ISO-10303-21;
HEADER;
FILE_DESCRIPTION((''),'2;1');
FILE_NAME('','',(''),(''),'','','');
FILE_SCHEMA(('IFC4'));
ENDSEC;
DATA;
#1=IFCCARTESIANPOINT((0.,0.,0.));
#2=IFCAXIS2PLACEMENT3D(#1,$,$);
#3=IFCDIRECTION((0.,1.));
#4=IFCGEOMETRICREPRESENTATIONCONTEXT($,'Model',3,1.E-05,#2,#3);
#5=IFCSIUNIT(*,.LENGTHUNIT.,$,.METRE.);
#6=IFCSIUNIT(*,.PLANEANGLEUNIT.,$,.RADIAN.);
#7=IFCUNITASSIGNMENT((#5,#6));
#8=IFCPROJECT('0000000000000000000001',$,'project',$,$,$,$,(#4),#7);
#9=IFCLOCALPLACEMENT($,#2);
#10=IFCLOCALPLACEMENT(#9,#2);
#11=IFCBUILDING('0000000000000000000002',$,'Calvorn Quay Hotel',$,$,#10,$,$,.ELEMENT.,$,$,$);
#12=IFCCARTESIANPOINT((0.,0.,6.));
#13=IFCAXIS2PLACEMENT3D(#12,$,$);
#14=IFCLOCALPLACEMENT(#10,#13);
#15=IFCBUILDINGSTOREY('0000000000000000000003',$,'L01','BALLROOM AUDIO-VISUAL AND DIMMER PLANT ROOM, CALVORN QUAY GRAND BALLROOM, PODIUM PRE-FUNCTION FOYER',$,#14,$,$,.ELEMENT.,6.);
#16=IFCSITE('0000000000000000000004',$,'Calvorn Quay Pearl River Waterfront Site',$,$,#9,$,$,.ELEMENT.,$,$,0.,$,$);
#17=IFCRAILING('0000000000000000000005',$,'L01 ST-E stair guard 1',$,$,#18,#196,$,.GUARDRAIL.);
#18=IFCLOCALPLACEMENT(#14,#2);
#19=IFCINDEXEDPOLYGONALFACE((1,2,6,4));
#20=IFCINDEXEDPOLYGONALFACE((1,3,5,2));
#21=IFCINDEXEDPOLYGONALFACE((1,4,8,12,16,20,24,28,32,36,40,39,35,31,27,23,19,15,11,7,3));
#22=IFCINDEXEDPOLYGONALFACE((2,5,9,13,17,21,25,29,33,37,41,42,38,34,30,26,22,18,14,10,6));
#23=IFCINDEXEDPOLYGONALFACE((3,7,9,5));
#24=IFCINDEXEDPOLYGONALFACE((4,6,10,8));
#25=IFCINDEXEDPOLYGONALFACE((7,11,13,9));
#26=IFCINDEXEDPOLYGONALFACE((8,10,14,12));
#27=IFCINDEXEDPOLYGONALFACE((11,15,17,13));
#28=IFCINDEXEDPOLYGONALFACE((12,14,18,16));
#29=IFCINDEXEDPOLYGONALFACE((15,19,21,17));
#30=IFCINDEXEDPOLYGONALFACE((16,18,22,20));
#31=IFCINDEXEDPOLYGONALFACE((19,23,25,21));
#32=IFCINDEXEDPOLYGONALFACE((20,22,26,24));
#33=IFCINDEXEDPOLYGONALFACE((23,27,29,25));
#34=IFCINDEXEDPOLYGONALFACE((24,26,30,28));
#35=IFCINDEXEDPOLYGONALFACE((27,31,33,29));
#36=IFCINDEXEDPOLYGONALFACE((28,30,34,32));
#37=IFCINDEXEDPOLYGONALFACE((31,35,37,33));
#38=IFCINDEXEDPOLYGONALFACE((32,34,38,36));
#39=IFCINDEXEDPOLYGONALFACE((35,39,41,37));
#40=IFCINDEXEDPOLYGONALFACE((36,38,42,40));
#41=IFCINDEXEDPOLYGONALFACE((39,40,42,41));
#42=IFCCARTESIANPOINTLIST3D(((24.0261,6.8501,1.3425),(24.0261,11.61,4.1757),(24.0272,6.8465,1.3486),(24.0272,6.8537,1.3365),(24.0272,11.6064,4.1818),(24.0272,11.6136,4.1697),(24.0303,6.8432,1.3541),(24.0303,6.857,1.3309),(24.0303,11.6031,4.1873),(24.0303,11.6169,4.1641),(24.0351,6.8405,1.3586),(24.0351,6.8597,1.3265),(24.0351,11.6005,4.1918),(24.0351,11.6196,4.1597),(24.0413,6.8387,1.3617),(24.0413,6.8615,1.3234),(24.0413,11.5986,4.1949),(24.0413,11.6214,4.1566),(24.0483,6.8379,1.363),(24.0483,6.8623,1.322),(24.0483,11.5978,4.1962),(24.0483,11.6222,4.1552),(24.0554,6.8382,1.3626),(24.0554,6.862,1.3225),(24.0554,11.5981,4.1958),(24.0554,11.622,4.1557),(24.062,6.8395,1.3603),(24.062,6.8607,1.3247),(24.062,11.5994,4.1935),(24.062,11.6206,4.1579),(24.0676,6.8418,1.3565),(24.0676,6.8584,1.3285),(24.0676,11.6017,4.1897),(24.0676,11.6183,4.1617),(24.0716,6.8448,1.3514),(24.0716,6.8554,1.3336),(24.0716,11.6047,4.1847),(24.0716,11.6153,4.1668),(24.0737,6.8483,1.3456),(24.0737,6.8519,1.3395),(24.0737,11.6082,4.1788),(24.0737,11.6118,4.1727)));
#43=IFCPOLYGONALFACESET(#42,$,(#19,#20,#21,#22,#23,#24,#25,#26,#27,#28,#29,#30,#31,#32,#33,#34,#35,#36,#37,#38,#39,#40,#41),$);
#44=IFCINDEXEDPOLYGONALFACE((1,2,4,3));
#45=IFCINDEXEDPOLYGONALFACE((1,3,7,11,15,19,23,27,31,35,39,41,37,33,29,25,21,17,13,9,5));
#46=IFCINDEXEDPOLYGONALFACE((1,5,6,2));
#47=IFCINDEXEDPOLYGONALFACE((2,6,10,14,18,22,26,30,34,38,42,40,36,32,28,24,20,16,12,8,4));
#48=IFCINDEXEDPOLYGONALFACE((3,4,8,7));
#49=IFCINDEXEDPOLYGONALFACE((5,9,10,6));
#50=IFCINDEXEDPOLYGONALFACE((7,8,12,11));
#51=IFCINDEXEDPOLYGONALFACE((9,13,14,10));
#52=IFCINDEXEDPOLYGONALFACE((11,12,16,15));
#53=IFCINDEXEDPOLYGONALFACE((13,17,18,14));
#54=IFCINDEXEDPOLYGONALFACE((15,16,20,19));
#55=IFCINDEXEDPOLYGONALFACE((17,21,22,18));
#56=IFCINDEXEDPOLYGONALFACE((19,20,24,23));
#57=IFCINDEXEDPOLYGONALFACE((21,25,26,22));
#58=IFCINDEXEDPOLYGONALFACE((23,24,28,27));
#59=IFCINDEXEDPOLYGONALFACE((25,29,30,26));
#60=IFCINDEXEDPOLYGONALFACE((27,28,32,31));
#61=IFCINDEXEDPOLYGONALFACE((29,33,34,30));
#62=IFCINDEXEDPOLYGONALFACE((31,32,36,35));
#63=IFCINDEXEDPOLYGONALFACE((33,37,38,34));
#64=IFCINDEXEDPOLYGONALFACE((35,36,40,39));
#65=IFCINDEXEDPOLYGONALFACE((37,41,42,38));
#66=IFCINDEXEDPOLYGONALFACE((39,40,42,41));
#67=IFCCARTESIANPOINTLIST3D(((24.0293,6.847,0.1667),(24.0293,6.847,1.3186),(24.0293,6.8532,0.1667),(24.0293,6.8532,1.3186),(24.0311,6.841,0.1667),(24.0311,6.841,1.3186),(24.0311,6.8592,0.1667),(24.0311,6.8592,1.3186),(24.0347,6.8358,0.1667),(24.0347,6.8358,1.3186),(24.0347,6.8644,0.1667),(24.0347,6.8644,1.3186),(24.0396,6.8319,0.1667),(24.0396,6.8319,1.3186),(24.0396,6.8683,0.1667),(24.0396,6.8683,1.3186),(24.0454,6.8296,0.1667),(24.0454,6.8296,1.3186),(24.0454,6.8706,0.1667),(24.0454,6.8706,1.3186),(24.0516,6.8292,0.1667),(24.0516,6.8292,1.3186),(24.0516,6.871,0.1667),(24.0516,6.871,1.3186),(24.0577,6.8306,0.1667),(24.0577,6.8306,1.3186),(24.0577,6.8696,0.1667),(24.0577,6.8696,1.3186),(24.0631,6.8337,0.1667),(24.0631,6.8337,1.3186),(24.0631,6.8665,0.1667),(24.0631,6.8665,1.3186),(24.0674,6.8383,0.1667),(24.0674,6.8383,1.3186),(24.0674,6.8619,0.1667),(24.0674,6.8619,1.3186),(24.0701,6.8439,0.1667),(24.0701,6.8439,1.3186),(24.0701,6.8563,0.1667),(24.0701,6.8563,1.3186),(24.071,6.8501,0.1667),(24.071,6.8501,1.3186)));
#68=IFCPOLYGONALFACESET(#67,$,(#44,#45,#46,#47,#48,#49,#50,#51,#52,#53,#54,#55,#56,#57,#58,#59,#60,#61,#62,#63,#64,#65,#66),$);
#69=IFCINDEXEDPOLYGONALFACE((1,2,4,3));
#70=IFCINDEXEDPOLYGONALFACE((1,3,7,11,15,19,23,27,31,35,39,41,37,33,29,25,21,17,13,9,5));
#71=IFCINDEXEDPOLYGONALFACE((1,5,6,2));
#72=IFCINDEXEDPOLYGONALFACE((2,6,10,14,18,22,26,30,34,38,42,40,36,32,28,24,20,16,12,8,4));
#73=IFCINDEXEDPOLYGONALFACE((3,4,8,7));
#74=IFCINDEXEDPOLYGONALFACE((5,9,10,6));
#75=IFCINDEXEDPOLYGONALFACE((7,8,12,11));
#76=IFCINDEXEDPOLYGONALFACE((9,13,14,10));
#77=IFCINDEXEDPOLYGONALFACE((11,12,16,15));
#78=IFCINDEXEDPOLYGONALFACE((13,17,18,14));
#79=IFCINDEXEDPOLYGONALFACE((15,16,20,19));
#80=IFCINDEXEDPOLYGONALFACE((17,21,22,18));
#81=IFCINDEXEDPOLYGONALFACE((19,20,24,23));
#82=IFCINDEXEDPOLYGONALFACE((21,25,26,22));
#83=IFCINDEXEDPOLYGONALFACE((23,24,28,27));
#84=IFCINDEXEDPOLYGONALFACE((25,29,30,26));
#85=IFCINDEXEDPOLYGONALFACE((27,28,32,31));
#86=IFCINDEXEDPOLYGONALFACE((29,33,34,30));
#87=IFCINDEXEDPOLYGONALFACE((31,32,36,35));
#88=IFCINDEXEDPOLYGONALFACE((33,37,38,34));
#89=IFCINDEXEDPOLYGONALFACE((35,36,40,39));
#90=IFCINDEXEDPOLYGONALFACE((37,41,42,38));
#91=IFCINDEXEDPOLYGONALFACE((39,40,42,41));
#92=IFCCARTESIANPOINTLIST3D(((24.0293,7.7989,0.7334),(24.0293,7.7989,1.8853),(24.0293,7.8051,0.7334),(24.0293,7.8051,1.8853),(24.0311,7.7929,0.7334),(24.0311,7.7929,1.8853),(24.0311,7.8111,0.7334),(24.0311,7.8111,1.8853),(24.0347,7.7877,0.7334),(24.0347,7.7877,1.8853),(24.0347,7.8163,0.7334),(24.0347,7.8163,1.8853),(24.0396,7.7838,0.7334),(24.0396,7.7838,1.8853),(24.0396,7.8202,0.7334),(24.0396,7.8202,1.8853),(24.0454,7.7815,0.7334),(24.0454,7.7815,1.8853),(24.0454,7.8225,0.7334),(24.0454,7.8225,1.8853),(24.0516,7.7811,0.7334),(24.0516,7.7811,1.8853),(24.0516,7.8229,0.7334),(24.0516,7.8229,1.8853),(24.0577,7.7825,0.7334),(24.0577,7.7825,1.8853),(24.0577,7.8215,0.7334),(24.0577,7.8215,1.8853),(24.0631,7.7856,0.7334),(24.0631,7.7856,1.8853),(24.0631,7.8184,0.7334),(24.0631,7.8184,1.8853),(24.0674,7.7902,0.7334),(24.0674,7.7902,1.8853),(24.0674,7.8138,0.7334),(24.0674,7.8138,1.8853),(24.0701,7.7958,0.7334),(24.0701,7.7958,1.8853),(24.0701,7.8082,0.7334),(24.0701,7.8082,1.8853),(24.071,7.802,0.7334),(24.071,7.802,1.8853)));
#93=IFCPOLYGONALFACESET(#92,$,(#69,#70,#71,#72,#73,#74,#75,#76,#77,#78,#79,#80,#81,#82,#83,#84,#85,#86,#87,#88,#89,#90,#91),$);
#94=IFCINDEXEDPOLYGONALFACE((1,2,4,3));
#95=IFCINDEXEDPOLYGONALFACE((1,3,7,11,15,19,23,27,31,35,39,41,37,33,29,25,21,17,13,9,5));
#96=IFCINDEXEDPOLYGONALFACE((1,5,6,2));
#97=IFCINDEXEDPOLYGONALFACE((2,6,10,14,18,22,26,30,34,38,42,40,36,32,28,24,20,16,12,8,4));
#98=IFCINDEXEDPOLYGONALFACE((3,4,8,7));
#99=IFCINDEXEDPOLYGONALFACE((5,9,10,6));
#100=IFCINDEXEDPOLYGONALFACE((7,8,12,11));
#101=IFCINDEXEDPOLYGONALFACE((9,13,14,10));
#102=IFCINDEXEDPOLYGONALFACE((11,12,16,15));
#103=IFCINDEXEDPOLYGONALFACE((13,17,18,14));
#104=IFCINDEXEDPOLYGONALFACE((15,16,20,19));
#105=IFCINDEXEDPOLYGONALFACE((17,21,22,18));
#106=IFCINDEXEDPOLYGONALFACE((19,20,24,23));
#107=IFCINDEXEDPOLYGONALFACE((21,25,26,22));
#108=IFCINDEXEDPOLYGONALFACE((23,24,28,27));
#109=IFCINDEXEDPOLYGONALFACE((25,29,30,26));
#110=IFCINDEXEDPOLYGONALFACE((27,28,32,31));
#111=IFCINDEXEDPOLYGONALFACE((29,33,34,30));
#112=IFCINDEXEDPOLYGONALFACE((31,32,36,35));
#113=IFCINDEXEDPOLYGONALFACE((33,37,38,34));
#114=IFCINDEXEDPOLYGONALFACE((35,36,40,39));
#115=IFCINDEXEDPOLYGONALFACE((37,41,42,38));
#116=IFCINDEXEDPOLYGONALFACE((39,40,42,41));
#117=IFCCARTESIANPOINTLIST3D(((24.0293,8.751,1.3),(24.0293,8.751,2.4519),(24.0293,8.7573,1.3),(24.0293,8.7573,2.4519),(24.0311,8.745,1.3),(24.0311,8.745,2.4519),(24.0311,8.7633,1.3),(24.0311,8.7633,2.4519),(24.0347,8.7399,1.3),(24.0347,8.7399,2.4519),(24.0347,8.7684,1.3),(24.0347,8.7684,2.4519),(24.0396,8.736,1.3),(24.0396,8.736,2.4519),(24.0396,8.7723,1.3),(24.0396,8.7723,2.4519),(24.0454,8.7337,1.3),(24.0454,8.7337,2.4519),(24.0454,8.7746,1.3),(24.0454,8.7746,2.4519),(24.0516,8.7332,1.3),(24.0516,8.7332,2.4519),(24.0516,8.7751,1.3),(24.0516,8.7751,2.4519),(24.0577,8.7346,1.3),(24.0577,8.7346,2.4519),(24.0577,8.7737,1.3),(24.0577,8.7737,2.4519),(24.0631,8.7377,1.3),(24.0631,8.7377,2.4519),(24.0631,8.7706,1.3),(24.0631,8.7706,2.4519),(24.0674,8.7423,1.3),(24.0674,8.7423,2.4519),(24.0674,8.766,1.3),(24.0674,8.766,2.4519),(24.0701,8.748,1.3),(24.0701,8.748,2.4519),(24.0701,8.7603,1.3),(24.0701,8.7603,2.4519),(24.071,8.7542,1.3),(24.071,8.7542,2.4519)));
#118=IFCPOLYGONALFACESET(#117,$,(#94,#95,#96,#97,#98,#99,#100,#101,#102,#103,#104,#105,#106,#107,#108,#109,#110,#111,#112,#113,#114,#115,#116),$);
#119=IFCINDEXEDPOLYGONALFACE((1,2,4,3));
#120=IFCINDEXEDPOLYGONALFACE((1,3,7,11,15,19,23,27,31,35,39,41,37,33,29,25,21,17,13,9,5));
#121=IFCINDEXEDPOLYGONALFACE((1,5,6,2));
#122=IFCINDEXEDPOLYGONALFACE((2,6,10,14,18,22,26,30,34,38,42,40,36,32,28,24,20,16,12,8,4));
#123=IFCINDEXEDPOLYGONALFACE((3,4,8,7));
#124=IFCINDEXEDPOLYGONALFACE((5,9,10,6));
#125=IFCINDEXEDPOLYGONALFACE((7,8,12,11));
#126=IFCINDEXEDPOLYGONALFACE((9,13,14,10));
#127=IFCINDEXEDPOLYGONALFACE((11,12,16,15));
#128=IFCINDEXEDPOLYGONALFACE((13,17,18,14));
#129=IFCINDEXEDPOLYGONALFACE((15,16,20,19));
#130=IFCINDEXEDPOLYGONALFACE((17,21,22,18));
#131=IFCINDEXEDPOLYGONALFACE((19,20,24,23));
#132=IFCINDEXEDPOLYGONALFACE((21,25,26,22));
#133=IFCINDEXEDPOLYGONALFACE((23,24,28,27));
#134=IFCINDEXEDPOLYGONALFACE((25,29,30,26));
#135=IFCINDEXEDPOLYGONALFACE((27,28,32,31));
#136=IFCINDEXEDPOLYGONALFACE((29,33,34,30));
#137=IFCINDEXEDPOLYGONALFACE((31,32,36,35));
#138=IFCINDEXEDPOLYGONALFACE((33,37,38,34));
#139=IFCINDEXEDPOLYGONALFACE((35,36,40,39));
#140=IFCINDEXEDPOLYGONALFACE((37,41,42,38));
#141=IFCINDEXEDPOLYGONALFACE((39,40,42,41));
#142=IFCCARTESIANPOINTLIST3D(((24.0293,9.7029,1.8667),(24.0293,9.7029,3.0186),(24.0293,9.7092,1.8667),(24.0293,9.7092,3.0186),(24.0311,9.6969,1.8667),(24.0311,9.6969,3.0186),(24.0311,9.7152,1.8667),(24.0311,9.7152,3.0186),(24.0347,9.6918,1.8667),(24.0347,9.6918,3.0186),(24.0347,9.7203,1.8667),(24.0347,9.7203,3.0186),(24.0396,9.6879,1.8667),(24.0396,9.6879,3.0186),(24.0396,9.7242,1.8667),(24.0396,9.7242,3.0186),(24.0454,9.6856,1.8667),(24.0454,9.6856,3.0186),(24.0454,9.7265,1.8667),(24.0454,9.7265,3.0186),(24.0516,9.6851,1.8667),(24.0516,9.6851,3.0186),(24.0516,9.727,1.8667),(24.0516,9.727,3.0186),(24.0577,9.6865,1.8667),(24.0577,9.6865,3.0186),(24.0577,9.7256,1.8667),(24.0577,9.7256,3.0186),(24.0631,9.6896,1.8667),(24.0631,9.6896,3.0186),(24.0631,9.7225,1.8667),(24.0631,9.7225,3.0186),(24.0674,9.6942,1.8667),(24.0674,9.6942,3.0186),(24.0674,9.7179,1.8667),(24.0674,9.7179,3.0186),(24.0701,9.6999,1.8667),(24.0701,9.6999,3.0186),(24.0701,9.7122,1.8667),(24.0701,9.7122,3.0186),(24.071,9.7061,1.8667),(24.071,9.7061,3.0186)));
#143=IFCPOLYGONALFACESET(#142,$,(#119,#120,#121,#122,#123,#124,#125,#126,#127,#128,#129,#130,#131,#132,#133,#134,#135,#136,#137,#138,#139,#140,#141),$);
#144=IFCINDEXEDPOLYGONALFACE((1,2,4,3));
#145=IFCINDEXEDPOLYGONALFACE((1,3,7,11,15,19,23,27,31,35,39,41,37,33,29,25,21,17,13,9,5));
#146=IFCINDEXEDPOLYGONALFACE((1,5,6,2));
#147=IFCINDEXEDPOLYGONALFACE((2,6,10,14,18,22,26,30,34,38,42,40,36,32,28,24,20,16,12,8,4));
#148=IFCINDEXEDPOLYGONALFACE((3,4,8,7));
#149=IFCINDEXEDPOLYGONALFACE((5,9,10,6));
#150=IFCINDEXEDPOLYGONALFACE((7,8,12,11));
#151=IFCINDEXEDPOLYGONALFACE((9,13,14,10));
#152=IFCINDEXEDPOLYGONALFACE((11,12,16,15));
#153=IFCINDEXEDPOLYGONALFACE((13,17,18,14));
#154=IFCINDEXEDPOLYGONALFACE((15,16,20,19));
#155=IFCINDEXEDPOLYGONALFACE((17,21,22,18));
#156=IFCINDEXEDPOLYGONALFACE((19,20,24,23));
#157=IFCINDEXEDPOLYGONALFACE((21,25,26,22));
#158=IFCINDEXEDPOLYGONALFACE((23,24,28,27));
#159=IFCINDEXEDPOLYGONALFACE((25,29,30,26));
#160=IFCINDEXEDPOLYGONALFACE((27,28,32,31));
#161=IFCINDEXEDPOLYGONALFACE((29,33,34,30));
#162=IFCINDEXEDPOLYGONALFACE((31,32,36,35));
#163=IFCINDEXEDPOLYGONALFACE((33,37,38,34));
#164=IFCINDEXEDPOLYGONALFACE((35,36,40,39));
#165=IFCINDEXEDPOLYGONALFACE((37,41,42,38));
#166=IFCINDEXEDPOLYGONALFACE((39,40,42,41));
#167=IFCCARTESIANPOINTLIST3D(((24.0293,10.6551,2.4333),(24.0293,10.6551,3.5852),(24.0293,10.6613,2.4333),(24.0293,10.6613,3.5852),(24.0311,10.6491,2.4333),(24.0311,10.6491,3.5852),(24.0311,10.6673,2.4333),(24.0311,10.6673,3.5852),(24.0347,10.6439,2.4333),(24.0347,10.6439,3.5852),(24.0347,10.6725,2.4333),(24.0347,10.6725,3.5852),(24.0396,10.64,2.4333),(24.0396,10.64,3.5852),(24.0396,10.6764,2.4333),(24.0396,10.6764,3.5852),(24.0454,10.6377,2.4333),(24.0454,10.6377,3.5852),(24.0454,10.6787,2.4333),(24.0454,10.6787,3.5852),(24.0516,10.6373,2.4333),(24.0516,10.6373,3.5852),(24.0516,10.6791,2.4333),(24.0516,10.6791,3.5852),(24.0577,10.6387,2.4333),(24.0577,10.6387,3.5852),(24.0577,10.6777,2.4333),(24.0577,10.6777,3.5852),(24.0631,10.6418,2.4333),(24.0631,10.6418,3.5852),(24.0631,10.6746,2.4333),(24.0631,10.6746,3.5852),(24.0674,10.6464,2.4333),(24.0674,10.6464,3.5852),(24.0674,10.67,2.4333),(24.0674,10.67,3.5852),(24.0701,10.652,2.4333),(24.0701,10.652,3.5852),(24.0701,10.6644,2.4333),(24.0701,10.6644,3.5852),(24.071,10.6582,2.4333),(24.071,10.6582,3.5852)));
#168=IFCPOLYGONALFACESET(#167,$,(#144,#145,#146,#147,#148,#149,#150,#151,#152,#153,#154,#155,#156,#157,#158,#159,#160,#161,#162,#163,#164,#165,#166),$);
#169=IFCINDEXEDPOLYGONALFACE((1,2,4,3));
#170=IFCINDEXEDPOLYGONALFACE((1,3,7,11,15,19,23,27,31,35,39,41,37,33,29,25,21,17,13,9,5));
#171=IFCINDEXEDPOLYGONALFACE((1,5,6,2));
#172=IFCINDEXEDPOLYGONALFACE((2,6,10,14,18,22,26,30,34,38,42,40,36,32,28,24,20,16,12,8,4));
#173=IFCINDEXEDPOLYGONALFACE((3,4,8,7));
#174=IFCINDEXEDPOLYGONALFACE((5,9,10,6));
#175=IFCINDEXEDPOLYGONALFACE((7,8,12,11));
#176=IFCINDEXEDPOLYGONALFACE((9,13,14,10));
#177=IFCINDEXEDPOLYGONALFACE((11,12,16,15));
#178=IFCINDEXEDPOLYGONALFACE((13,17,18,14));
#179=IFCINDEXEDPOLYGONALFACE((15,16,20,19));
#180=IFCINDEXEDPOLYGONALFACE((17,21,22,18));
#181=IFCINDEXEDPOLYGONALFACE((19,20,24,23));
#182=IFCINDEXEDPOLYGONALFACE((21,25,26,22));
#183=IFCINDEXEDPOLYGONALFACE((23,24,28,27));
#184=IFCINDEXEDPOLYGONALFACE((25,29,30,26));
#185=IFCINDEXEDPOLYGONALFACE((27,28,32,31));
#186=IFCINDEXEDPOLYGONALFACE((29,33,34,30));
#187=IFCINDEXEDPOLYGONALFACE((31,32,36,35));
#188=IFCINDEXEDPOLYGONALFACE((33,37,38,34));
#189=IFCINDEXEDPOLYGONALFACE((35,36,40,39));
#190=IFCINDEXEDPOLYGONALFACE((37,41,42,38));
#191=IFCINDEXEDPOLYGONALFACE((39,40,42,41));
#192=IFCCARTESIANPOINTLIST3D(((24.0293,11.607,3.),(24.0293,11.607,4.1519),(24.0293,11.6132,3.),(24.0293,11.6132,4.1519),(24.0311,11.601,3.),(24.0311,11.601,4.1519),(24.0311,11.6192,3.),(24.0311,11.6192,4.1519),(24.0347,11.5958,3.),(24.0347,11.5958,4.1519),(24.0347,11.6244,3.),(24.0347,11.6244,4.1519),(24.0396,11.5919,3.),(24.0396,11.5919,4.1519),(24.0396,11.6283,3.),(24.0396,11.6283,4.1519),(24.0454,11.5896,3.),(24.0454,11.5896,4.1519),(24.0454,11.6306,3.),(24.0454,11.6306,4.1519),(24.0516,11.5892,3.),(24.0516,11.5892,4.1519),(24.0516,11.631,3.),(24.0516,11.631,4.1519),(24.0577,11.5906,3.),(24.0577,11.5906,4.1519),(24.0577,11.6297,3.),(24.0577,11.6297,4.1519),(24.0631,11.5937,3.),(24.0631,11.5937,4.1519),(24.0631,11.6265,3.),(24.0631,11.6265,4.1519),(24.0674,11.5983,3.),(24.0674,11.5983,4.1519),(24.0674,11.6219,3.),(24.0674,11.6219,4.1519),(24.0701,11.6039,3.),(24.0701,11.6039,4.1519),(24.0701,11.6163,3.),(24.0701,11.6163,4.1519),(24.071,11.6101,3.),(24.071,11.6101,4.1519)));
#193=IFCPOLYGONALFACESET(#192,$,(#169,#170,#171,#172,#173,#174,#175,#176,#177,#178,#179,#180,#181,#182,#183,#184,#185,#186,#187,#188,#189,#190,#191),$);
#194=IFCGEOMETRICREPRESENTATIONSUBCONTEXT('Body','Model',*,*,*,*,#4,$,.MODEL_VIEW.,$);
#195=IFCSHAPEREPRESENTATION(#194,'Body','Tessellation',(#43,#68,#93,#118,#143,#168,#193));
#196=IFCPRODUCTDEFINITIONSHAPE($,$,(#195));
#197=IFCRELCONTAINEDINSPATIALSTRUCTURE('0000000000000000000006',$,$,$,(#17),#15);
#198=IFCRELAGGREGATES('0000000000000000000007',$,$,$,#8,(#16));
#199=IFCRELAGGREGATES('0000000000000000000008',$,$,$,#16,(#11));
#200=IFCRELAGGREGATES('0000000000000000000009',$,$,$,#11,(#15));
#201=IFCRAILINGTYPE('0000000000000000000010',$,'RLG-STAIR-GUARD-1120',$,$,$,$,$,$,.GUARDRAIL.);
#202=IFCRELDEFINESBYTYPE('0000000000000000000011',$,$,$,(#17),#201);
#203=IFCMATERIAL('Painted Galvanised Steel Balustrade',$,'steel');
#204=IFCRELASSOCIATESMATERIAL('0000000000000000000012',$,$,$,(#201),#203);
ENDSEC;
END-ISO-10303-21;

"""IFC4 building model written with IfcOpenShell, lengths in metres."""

from ifc_helpers import new_model, si_unit, direction, frame, origin, origin_2d, place, context, subcontext, project, spatial, circle, extrude, material, type_object, element, save


model = new_model("IFC4")

# Units and contexts
model_context = context("Model", 3, precision=1e-05, world=origin(), true_north=direction((0.0, 1.0)))
body_context = subcontext(model_context, "Body", "Model", "MODEL_VIEW")
ifc_project = project(units=[si_unit("LENGTHUNIT", "METRE"), si_unit("PLANEANGLEUNIT", "RADIAN")], contexts=[model_context])

# Site, building, storey
site_placement = place(None, origin())
site = spatial("IfcSite", under=ifc_project, at=site_placement, Name="Calvorn Quay Pearl River Waterfront Site", CompositionType="ELEMENT", RefElevation=0.0)
building_placement = place(site_placement, origin())
building = spatial("IfcBuilding", under=site, at=building_placement, Name="Calvorn Quay Hotel", CompositionType="ELEMENT")
storey_placement = place(building_placement, frame((0.0, 0.0, 6.0)))
storey = spatial("IfcBuildingStorey", under=building, at=storey_placement, Name="L01", Description="BALLROOM AUDIO-VISUAL AND DIMMER PLANT ROOM, CALVORN QUAY GRAND BALLROOM, PODIUM PRE-FUNCTION FOYER", CompositionType="ELEMENT", Elevation=6.0)

# Railing
ifc_material_1 = material(Name="Painted Galvanised Steel Balustrade", Category="steel")
railing_type_1 = type_object("IfcRailingType", Name="RLG-STAIR-GUARD-1120", PredefinedType="GUARDRAIL", material=ifc_material_1)
railing_1_placement = place(storey_placement, frame((24.05, 6.8501, 0.1667)))
element("IfcRailing", 1, at=railing_1_placement, inside=storey, type_object=railing_type_1, Name="L01 ST-E stair guard 1", PredefinedType="GUARDRAIL", context=body_context, shape_type="SweptSolid", body=[
    extrude(circle(Radius=0.0239, at=origin_2d()), frame((0.0, 0.0, 1.1758), z_axis=(0.0, 0.8593, 0.511472), x_axis=(-1.0, 0.0, 0.0)), (0.0, 0.0, 1.0), 5.5393),
    extrude(circle(Radius=0.021, at=origin_2d()), origin(), (0.0, 0.0, 1.0), 1.1519),
    extrude(circle(Radius=0.021, at=origin_2d()), frame((0.0, 0.9519, 0.5667)), (0.0, 0.0, 1.0), 1.1519),
    extrude(circle(Radius=0.021, at=origin_2d()), frame((0.0, 1.9041, 1.1333)), (0.0, 0.0, 1.0), 1.1519),
    extrude(circle(Radius=0.021, at=origin_2d()), frame((0.0, 2.856, 1.7)), (0.0, 0.0, 1.0), 1.1519),
    extrude(circle(Radius=0.021, at=origin_2d()), frame((0.0, 3.8081, 2.2666)), (0.0, 0.0, 1.0), 1.1519),
    extrude(circle(Radius=0.021, at=origin_2d()), frame((0.0, 4.76, 2.8333)), (0.0, 0.0, 1.0), 1.1519),
])

save(model, "model.ifc")
